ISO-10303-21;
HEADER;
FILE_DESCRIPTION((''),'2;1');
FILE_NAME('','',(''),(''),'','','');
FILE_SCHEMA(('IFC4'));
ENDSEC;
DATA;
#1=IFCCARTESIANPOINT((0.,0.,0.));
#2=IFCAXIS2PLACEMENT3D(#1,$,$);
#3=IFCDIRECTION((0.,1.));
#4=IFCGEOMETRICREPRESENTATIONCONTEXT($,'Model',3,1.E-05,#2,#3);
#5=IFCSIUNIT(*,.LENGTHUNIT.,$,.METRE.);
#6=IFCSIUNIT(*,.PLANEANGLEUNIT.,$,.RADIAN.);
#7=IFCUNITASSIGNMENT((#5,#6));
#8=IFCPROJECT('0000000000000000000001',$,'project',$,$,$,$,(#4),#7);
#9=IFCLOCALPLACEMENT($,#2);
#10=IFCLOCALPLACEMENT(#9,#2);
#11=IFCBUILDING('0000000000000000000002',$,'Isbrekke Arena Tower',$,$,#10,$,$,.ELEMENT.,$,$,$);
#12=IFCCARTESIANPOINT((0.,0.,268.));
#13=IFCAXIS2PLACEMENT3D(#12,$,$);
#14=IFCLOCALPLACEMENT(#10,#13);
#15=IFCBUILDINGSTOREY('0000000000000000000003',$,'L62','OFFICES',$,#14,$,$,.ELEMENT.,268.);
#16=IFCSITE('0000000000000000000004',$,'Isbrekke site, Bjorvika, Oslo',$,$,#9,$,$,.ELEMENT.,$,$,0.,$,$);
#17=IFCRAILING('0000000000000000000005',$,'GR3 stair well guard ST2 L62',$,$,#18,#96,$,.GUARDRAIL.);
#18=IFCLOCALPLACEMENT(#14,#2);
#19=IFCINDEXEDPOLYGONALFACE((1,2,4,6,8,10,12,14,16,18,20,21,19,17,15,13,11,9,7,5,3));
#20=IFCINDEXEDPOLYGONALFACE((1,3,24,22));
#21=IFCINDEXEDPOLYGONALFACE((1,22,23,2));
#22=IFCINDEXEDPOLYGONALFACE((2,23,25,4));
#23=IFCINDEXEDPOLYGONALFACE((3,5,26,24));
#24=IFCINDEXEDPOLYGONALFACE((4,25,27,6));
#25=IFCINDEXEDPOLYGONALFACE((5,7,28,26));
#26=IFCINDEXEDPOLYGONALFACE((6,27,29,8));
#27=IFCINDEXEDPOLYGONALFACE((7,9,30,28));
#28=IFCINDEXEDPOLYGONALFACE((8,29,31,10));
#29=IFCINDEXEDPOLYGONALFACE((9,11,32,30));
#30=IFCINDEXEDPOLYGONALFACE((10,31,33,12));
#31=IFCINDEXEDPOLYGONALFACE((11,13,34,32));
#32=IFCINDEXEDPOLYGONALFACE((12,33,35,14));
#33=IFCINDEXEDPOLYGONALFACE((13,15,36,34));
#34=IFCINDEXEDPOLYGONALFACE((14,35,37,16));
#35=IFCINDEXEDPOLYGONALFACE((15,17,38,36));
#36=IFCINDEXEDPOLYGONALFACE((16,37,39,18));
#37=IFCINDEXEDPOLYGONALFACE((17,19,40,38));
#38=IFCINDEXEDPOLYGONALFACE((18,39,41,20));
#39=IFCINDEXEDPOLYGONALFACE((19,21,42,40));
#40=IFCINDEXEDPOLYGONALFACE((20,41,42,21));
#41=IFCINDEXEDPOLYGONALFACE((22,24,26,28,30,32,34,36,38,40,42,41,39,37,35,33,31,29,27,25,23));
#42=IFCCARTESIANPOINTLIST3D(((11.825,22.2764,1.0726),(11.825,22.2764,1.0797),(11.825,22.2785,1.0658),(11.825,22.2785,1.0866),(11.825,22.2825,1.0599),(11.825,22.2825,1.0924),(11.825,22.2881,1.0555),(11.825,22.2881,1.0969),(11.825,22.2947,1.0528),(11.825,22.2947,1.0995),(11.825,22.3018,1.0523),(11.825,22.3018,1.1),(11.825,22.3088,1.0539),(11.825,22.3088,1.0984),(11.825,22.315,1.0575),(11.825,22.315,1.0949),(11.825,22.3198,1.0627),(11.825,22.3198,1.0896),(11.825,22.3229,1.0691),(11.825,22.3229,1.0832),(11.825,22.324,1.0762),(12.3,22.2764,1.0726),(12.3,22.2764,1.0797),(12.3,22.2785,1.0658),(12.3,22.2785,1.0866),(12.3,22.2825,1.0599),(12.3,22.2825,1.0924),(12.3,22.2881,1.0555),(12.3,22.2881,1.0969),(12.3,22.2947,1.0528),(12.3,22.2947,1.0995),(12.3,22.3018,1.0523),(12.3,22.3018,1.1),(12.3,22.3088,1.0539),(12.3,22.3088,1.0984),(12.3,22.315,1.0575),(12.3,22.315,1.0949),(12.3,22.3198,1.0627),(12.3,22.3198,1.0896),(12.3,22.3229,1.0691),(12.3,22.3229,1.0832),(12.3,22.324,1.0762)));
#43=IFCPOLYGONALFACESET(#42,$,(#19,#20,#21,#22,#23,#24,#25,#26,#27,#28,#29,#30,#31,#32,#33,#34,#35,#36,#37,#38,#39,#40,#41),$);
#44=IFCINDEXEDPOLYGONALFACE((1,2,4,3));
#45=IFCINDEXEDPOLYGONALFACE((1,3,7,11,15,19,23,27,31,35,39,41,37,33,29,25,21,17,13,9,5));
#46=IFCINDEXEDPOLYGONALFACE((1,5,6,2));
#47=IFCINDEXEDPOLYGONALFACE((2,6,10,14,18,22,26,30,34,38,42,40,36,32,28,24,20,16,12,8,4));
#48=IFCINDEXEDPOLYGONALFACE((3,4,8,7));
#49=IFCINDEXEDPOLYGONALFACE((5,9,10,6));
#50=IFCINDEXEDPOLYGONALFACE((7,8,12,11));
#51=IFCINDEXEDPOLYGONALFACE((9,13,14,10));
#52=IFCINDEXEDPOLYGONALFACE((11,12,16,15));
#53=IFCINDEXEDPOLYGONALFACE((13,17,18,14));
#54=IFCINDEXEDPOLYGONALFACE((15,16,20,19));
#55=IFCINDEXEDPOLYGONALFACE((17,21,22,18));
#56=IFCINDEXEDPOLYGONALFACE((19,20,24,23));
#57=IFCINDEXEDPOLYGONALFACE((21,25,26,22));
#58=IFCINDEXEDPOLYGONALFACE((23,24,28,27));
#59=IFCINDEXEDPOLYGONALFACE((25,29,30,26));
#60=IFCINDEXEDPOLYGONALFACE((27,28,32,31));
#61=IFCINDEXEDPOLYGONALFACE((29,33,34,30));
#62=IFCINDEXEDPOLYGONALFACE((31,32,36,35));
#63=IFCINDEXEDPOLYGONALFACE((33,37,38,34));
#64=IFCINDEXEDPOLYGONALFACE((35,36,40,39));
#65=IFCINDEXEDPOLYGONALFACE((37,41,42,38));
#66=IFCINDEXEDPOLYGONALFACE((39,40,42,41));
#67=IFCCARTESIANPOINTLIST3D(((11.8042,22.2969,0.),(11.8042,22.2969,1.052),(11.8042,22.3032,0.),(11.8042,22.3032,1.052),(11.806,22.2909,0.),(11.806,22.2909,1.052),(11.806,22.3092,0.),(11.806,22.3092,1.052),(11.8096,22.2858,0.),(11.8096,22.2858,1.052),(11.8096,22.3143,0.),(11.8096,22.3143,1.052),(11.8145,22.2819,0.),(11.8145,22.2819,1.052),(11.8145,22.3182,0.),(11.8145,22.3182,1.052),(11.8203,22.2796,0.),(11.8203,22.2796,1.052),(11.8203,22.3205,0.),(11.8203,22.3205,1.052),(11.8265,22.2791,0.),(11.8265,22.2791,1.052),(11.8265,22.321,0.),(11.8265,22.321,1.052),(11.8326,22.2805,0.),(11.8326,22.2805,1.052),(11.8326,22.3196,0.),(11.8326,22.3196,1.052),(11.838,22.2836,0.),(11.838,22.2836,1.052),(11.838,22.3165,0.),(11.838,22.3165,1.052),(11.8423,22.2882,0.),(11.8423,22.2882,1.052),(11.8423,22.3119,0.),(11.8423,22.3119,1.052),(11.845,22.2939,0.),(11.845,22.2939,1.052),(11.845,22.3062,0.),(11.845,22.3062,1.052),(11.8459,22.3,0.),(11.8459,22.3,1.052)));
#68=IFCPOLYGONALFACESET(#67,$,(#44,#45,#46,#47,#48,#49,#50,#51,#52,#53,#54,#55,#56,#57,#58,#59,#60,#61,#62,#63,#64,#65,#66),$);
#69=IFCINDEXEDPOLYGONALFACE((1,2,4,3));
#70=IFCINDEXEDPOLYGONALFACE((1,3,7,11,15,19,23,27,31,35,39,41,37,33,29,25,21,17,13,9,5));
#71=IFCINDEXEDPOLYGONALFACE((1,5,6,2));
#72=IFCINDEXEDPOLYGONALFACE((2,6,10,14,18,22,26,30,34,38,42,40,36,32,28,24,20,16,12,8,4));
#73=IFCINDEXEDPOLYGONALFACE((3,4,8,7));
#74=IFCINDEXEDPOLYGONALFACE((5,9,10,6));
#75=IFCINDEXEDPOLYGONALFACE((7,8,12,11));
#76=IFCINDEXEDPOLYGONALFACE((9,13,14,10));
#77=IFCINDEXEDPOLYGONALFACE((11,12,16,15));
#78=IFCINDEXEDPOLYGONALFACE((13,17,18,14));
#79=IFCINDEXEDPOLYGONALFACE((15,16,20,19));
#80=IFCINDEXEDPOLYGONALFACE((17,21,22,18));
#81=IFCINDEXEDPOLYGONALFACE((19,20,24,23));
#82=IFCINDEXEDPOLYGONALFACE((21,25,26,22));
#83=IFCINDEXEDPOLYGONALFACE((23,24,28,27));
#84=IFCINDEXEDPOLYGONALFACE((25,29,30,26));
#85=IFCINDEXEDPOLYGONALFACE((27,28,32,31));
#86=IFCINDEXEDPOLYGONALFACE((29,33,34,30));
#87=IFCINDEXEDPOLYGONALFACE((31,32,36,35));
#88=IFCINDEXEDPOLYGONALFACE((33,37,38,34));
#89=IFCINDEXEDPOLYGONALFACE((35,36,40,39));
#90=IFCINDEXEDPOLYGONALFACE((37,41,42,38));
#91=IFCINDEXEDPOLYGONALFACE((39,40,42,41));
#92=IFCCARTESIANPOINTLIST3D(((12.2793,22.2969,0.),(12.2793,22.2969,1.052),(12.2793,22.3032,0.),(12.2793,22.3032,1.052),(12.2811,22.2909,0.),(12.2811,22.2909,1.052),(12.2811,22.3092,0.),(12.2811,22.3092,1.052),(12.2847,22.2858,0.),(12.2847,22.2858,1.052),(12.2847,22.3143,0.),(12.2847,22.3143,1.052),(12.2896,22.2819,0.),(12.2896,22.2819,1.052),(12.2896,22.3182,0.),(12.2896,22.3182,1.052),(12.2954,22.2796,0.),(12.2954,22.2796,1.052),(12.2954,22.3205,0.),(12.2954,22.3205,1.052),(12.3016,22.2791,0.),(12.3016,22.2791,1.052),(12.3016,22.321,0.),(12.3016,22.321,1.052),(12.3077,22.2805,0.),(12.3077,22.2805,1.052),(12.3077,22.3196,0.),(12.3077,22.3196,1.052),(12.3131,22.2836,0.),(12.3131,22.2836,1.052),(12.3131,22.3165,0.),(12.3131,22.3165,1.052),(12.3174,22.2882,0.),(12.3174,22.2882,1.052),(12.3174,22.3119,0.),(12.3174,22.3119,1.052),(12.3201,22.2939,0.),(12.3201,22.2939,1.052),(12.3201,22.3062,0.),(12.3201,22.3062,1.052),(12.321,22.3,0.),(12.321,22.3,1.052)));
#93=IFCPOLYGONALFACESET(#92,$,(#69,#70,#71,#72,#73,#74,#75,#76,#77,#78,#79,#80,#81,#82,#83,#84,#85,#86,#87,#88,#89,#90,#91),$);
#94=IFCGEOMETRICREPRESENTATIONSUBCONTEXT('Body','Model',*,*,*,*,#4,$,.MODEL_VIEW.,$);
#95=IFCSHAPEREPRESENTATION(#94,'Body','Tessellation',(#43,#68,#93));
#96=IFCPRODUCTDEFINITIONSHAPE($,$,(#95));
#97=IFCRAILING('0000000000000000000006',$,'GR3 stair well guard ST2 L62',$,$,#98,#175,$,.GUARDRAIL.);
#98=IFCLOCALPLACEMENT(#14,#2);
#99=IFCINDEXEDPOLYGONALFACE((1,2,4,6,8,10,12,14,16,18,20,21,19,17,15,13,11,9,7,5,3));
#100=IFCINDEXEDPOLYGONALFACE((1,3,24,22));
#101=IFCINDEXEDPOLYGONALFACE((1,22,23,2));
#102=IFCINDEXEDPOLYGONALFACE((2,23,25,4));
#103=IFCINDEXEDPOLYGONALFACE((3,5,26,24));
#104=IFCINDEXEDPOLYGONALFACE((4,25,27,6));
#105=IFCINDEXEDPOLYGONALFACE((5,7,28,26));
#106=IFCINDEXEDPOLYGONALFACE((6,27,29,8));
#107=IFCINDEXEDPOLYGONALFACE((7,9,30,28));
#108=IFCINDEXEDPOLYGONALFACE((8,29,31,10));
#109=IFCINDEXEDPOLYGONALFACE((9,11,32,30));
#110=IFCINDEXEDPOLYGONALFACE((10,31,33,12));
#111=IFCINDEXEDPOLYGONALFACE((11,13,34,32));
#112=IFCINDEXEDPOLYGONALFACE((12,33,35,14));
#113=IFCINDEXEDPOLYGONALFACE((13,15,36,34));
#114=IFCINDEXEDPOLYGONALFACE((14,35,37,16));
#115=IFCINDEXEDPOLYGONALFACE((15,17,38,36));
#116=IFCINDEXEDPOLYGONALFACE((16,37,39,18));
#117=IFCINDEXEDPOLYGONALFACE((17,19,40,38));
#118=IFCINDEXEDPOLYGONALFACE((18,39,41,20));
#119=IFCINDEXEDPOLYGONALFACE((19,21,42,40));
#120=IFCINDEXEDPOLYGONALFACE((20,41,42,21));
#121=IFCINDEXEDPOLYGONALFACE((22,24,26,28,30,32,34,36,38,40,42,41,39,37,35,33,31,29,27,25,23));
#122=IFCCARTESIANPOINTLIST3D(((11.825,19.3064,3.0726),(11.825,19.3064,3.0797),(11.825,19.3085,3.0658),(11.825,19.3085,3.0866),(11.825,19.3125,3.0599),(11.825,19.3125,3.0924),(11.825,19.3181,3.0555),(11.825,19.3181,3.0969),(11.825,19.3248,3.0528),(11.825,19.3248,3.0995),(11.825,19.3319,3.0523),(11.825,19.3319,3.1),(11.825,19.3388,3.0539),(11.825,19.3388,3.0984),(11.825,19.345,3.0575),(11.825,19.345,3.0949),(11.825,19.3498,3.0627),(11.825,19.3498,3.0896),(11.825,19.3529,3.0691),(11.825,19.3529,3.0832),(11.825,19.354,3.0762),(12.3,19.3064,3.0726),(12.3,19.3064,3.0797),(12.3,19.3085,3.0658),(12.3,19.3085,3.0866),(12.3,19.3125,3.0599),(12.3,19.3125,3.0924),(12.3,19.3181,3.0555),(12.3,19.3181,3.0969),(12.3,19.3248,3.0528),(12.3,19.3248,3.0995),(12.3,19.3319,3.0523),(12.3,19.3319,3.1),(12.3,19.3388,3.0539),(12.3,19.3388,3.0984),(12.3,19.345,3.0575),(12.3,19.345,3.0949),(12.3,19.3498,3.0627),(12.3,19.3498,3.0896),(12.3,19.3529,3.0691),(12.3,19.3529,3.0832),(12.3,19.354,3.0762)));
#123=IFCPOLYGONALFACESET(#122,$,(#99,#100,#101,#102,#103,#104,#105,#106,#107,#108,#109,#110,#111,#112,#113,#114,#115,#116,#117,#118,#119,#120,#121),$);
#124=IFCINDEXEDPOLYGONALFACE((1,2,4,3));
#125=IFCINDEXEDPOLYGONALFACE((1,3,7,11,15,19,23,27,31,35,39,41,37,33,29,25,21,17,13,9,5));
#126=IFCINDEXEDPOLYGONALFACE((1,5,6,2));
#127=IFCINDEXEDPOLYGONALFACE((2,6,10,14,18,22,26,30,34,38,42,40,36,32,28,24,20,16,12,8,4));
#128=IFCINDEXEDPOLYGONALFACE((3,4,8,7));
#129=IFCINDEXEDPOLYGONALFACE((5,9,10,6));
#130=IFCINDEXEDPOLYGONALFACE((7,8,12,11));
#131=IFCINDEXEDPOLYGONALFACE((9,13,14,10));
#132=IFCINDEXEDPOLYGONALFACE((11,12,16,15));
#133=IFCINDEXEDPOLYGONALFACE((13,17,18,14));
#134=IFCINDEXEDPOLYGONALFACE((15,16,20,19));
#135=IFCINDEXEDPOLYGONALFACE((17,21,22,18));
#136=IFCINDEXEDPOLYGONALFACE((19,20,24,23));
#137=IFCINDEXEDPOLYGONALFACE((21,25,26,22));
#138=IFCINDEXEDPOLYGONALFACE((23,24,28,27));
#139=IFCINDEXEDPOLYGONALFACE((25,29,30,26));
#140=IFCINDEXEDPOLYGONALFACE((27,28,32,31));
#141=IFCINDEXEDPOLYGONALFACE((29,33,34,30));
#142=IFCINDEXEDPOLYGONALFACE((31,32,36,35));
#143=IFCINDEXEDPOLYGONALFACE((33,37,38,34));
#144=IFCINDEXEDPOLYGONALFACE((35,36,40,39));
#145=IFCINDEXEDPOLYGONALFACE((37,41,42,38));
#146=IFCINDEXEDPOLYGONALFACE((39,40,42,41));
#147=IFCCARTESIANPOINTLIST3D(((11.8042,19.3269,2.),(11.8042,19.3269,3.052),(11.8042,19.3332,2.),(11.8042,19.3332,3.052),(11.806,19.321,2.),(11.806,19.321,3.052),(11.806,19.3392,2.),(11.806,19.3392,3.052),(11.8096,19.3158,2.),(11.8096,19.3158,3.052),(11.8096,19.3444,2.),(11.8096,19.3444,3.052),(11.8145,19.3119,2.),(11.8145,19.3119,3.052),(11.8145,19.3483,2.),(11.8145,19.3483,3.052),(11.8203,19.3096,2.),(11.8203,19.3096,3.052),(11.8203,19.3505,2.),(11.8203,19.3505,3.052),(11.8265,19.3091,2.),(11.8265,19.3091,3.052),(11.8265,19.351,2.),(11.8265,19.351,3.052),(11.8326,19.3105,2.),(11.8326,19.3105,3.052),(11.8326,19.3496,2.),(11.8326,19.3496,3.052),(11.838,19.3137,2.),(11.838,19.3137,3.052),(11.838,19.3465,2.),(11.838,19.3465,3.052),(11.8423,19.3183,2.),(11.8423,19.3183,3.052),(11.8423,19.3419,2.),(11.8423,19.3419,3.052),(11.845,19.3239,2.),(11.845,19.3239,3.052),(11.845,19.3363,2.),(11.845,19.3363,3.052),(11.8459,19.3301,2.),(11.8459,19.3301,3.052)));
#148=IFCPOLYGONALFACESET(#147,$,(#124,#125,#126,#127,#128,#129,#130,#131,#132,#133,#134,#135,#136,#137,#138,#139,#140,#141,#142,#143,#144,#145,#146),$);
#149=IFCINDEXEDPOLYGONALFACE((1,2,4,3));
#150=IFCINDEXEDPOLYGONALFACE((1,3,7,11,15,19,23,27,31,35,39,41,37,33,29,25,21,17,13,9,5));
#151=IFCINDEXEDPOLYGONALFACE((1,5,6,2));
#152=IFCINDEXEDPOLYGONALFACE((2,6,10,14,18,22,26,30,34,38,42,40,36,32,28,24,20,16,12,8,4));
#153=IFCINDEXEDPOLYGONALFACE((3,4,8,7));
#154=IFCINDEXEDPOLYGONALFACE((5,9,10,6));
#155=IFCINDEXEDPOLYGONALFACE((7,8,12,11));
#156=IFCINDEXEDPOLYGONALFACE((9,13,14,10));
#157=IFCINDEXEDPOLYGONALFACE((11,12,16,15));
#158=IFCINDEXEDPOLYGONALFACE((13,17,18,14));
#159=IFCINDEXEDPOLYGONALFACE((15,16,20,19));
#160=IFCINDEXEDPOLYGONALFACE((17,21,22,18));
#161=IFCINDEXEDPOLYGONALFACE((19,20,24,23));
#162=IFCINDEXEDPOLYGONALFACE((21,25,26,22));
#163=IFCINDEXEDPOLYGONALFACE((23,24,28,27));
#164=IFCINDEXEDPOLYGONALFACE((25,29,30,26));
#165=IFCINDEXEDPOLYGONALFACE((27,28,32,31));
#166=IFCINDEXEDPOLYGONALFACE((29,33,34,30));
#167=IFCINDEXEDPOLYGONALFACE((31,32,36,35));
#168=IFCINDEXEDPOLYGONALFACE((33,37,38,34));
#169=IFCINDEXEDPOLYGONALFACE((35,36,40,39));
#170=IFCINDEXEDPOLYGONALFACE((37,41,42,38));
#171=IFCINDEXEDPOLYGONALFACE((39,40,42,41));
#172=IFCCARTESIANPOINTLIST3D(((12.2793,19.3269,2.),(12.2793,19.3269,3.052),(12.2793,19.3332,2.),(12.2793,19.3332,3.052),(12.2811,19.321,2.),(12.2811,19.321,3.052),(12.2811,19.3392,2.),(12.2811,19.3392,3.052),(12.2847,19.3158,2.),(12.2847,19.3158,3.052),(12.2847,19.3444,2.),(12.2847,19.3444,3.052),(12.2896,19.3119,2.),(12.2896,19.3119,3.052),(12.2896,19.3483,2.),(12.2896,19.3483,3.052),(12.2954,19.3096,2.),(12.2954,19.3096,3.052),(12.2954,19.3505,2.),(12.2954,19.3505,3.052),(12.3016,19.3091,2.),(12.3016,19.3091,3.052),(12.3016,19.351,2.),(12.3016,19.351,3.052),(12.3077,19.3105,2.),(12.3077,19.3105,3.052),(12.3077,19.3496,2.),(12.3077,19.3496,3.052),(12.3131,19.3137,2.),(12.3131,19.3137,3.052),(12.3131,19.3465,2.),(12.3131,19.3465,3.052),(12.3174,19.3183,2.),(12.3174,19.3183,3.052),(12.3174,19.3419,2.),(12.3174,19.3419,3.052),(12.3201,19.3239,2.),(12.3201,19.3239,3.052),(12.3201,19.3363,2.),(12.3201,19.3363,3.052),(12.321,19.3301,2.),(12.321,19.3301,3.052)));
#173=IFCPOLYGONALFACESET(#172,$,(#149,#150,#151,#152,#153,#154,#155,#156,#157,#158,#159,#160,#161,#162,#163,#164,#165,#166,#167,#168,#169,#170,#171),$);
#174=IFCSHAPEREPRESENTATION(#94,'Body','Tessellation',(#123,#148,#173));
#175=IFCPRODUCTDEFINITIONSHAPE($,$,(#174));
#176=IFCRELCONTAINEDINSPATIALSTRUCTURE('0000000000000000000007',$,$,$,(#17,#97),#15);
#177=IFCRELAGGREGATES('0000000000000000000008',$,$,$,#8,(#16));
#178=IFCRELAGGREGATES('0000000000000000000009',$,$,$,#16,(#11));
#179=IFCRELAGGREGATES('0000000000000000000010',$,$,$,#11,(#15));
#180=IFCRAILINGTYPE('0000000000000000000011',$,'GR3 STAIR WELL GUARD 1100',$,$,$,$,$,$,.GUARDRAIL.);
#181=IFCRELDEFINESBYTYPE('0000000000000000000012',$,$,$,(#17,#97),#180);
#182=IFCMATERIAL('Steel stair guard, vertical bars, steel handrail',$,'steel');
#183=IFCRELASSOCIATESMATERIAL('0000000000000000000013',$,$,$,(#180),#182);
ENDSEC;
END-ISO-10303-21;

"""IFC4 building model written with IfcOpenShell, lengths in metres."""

from ifc_helpers import new_model, si_unit, direction, frame, origin, origin_2d, place, context, subcontext, project, spatial, circle, extrude, material, type_object, element, save


model = new_model("IFC4")

# Units and contexts
model_context = context("Model", 3, precision=1e-05, world=origin(), true_north=direction((0.0, 1.0)))
body_context = subcontext(model_context, "Body", "Model", "MODEL_VIEW")
ifc_project = project(units=[si_unit("LENGTHUNIT", "METRE"), si_unit("PLANEANGLEUNIT", "RADIAN")], contexts=[model_context])

# Site, building, storey
site_placement = place(None, origin())
site = spatial("IfcSite", under=ifc_project, at=site_placement, Name="Isbrekke site, Bjorvika, Oslo", CompositionType="ELEMENT", RefElevation=0.0)
building_placement = place(site_placement, origin())
building = spatial("IfcBuilding", under=site, at=building_placement, Name="Isbrekke Arena Tower", CompositionType="ELEMENT")
storey_placement = place(building_placement, frame((0.0, 0.0, 268.0)))
storey = spatial("IfcBuildingStorey", under=building, at=storey_placement, Name="L62", Description="OFFICES", CompositionType="ELEMENT", Elevation=268.0)

# Railings
ifc_material_1 = material(Name="Steel stair guard, vertical bars, steel handrail", Category="steel")
railing_type = type_object("IfcRailingType", Name="GR3 STAIR WELL GUARD 1100", PredefinedType="GUARDRAIL", material=ifc_material_1)
for number, where, name in (
    (1, (11.825, 22.3, 0.0), "GR3 stair well guard ST2 L62"),
    (2, (11.825, 19.3301, 2.0), "GR3 stair well guard ST2 L62"),
):
    element("IfcRailing", number, at=place(storey_placement, frame(where)), inside=storey, type_object=railing_type, Name=name, PredefinedType="GUARDRAIL", context=body_context, shape_type="SweptSolid", body=[
        extrude(circle(Radius=0.0239, at=origin_2d()), frame((0.0, 0.0, 1.0762), z_axis=(1.0, 0.0, 0.0), x_axis=(0.0, 1.0, 0.0)), (0.0, 0.0, 1.0), 0.4751),
        extrude(circle(Radius=0.021, at=origin_2d()), origin(), (0.0, 0.0, 1.0), 1.052),
        extrude(circle(Radius=0.021, at=origin_2d()), frame((0.4751, 0.0, 0.0)), (0.0, 0.0, 1.0), 1.052),
    ])

save(model, "model.ifc")
